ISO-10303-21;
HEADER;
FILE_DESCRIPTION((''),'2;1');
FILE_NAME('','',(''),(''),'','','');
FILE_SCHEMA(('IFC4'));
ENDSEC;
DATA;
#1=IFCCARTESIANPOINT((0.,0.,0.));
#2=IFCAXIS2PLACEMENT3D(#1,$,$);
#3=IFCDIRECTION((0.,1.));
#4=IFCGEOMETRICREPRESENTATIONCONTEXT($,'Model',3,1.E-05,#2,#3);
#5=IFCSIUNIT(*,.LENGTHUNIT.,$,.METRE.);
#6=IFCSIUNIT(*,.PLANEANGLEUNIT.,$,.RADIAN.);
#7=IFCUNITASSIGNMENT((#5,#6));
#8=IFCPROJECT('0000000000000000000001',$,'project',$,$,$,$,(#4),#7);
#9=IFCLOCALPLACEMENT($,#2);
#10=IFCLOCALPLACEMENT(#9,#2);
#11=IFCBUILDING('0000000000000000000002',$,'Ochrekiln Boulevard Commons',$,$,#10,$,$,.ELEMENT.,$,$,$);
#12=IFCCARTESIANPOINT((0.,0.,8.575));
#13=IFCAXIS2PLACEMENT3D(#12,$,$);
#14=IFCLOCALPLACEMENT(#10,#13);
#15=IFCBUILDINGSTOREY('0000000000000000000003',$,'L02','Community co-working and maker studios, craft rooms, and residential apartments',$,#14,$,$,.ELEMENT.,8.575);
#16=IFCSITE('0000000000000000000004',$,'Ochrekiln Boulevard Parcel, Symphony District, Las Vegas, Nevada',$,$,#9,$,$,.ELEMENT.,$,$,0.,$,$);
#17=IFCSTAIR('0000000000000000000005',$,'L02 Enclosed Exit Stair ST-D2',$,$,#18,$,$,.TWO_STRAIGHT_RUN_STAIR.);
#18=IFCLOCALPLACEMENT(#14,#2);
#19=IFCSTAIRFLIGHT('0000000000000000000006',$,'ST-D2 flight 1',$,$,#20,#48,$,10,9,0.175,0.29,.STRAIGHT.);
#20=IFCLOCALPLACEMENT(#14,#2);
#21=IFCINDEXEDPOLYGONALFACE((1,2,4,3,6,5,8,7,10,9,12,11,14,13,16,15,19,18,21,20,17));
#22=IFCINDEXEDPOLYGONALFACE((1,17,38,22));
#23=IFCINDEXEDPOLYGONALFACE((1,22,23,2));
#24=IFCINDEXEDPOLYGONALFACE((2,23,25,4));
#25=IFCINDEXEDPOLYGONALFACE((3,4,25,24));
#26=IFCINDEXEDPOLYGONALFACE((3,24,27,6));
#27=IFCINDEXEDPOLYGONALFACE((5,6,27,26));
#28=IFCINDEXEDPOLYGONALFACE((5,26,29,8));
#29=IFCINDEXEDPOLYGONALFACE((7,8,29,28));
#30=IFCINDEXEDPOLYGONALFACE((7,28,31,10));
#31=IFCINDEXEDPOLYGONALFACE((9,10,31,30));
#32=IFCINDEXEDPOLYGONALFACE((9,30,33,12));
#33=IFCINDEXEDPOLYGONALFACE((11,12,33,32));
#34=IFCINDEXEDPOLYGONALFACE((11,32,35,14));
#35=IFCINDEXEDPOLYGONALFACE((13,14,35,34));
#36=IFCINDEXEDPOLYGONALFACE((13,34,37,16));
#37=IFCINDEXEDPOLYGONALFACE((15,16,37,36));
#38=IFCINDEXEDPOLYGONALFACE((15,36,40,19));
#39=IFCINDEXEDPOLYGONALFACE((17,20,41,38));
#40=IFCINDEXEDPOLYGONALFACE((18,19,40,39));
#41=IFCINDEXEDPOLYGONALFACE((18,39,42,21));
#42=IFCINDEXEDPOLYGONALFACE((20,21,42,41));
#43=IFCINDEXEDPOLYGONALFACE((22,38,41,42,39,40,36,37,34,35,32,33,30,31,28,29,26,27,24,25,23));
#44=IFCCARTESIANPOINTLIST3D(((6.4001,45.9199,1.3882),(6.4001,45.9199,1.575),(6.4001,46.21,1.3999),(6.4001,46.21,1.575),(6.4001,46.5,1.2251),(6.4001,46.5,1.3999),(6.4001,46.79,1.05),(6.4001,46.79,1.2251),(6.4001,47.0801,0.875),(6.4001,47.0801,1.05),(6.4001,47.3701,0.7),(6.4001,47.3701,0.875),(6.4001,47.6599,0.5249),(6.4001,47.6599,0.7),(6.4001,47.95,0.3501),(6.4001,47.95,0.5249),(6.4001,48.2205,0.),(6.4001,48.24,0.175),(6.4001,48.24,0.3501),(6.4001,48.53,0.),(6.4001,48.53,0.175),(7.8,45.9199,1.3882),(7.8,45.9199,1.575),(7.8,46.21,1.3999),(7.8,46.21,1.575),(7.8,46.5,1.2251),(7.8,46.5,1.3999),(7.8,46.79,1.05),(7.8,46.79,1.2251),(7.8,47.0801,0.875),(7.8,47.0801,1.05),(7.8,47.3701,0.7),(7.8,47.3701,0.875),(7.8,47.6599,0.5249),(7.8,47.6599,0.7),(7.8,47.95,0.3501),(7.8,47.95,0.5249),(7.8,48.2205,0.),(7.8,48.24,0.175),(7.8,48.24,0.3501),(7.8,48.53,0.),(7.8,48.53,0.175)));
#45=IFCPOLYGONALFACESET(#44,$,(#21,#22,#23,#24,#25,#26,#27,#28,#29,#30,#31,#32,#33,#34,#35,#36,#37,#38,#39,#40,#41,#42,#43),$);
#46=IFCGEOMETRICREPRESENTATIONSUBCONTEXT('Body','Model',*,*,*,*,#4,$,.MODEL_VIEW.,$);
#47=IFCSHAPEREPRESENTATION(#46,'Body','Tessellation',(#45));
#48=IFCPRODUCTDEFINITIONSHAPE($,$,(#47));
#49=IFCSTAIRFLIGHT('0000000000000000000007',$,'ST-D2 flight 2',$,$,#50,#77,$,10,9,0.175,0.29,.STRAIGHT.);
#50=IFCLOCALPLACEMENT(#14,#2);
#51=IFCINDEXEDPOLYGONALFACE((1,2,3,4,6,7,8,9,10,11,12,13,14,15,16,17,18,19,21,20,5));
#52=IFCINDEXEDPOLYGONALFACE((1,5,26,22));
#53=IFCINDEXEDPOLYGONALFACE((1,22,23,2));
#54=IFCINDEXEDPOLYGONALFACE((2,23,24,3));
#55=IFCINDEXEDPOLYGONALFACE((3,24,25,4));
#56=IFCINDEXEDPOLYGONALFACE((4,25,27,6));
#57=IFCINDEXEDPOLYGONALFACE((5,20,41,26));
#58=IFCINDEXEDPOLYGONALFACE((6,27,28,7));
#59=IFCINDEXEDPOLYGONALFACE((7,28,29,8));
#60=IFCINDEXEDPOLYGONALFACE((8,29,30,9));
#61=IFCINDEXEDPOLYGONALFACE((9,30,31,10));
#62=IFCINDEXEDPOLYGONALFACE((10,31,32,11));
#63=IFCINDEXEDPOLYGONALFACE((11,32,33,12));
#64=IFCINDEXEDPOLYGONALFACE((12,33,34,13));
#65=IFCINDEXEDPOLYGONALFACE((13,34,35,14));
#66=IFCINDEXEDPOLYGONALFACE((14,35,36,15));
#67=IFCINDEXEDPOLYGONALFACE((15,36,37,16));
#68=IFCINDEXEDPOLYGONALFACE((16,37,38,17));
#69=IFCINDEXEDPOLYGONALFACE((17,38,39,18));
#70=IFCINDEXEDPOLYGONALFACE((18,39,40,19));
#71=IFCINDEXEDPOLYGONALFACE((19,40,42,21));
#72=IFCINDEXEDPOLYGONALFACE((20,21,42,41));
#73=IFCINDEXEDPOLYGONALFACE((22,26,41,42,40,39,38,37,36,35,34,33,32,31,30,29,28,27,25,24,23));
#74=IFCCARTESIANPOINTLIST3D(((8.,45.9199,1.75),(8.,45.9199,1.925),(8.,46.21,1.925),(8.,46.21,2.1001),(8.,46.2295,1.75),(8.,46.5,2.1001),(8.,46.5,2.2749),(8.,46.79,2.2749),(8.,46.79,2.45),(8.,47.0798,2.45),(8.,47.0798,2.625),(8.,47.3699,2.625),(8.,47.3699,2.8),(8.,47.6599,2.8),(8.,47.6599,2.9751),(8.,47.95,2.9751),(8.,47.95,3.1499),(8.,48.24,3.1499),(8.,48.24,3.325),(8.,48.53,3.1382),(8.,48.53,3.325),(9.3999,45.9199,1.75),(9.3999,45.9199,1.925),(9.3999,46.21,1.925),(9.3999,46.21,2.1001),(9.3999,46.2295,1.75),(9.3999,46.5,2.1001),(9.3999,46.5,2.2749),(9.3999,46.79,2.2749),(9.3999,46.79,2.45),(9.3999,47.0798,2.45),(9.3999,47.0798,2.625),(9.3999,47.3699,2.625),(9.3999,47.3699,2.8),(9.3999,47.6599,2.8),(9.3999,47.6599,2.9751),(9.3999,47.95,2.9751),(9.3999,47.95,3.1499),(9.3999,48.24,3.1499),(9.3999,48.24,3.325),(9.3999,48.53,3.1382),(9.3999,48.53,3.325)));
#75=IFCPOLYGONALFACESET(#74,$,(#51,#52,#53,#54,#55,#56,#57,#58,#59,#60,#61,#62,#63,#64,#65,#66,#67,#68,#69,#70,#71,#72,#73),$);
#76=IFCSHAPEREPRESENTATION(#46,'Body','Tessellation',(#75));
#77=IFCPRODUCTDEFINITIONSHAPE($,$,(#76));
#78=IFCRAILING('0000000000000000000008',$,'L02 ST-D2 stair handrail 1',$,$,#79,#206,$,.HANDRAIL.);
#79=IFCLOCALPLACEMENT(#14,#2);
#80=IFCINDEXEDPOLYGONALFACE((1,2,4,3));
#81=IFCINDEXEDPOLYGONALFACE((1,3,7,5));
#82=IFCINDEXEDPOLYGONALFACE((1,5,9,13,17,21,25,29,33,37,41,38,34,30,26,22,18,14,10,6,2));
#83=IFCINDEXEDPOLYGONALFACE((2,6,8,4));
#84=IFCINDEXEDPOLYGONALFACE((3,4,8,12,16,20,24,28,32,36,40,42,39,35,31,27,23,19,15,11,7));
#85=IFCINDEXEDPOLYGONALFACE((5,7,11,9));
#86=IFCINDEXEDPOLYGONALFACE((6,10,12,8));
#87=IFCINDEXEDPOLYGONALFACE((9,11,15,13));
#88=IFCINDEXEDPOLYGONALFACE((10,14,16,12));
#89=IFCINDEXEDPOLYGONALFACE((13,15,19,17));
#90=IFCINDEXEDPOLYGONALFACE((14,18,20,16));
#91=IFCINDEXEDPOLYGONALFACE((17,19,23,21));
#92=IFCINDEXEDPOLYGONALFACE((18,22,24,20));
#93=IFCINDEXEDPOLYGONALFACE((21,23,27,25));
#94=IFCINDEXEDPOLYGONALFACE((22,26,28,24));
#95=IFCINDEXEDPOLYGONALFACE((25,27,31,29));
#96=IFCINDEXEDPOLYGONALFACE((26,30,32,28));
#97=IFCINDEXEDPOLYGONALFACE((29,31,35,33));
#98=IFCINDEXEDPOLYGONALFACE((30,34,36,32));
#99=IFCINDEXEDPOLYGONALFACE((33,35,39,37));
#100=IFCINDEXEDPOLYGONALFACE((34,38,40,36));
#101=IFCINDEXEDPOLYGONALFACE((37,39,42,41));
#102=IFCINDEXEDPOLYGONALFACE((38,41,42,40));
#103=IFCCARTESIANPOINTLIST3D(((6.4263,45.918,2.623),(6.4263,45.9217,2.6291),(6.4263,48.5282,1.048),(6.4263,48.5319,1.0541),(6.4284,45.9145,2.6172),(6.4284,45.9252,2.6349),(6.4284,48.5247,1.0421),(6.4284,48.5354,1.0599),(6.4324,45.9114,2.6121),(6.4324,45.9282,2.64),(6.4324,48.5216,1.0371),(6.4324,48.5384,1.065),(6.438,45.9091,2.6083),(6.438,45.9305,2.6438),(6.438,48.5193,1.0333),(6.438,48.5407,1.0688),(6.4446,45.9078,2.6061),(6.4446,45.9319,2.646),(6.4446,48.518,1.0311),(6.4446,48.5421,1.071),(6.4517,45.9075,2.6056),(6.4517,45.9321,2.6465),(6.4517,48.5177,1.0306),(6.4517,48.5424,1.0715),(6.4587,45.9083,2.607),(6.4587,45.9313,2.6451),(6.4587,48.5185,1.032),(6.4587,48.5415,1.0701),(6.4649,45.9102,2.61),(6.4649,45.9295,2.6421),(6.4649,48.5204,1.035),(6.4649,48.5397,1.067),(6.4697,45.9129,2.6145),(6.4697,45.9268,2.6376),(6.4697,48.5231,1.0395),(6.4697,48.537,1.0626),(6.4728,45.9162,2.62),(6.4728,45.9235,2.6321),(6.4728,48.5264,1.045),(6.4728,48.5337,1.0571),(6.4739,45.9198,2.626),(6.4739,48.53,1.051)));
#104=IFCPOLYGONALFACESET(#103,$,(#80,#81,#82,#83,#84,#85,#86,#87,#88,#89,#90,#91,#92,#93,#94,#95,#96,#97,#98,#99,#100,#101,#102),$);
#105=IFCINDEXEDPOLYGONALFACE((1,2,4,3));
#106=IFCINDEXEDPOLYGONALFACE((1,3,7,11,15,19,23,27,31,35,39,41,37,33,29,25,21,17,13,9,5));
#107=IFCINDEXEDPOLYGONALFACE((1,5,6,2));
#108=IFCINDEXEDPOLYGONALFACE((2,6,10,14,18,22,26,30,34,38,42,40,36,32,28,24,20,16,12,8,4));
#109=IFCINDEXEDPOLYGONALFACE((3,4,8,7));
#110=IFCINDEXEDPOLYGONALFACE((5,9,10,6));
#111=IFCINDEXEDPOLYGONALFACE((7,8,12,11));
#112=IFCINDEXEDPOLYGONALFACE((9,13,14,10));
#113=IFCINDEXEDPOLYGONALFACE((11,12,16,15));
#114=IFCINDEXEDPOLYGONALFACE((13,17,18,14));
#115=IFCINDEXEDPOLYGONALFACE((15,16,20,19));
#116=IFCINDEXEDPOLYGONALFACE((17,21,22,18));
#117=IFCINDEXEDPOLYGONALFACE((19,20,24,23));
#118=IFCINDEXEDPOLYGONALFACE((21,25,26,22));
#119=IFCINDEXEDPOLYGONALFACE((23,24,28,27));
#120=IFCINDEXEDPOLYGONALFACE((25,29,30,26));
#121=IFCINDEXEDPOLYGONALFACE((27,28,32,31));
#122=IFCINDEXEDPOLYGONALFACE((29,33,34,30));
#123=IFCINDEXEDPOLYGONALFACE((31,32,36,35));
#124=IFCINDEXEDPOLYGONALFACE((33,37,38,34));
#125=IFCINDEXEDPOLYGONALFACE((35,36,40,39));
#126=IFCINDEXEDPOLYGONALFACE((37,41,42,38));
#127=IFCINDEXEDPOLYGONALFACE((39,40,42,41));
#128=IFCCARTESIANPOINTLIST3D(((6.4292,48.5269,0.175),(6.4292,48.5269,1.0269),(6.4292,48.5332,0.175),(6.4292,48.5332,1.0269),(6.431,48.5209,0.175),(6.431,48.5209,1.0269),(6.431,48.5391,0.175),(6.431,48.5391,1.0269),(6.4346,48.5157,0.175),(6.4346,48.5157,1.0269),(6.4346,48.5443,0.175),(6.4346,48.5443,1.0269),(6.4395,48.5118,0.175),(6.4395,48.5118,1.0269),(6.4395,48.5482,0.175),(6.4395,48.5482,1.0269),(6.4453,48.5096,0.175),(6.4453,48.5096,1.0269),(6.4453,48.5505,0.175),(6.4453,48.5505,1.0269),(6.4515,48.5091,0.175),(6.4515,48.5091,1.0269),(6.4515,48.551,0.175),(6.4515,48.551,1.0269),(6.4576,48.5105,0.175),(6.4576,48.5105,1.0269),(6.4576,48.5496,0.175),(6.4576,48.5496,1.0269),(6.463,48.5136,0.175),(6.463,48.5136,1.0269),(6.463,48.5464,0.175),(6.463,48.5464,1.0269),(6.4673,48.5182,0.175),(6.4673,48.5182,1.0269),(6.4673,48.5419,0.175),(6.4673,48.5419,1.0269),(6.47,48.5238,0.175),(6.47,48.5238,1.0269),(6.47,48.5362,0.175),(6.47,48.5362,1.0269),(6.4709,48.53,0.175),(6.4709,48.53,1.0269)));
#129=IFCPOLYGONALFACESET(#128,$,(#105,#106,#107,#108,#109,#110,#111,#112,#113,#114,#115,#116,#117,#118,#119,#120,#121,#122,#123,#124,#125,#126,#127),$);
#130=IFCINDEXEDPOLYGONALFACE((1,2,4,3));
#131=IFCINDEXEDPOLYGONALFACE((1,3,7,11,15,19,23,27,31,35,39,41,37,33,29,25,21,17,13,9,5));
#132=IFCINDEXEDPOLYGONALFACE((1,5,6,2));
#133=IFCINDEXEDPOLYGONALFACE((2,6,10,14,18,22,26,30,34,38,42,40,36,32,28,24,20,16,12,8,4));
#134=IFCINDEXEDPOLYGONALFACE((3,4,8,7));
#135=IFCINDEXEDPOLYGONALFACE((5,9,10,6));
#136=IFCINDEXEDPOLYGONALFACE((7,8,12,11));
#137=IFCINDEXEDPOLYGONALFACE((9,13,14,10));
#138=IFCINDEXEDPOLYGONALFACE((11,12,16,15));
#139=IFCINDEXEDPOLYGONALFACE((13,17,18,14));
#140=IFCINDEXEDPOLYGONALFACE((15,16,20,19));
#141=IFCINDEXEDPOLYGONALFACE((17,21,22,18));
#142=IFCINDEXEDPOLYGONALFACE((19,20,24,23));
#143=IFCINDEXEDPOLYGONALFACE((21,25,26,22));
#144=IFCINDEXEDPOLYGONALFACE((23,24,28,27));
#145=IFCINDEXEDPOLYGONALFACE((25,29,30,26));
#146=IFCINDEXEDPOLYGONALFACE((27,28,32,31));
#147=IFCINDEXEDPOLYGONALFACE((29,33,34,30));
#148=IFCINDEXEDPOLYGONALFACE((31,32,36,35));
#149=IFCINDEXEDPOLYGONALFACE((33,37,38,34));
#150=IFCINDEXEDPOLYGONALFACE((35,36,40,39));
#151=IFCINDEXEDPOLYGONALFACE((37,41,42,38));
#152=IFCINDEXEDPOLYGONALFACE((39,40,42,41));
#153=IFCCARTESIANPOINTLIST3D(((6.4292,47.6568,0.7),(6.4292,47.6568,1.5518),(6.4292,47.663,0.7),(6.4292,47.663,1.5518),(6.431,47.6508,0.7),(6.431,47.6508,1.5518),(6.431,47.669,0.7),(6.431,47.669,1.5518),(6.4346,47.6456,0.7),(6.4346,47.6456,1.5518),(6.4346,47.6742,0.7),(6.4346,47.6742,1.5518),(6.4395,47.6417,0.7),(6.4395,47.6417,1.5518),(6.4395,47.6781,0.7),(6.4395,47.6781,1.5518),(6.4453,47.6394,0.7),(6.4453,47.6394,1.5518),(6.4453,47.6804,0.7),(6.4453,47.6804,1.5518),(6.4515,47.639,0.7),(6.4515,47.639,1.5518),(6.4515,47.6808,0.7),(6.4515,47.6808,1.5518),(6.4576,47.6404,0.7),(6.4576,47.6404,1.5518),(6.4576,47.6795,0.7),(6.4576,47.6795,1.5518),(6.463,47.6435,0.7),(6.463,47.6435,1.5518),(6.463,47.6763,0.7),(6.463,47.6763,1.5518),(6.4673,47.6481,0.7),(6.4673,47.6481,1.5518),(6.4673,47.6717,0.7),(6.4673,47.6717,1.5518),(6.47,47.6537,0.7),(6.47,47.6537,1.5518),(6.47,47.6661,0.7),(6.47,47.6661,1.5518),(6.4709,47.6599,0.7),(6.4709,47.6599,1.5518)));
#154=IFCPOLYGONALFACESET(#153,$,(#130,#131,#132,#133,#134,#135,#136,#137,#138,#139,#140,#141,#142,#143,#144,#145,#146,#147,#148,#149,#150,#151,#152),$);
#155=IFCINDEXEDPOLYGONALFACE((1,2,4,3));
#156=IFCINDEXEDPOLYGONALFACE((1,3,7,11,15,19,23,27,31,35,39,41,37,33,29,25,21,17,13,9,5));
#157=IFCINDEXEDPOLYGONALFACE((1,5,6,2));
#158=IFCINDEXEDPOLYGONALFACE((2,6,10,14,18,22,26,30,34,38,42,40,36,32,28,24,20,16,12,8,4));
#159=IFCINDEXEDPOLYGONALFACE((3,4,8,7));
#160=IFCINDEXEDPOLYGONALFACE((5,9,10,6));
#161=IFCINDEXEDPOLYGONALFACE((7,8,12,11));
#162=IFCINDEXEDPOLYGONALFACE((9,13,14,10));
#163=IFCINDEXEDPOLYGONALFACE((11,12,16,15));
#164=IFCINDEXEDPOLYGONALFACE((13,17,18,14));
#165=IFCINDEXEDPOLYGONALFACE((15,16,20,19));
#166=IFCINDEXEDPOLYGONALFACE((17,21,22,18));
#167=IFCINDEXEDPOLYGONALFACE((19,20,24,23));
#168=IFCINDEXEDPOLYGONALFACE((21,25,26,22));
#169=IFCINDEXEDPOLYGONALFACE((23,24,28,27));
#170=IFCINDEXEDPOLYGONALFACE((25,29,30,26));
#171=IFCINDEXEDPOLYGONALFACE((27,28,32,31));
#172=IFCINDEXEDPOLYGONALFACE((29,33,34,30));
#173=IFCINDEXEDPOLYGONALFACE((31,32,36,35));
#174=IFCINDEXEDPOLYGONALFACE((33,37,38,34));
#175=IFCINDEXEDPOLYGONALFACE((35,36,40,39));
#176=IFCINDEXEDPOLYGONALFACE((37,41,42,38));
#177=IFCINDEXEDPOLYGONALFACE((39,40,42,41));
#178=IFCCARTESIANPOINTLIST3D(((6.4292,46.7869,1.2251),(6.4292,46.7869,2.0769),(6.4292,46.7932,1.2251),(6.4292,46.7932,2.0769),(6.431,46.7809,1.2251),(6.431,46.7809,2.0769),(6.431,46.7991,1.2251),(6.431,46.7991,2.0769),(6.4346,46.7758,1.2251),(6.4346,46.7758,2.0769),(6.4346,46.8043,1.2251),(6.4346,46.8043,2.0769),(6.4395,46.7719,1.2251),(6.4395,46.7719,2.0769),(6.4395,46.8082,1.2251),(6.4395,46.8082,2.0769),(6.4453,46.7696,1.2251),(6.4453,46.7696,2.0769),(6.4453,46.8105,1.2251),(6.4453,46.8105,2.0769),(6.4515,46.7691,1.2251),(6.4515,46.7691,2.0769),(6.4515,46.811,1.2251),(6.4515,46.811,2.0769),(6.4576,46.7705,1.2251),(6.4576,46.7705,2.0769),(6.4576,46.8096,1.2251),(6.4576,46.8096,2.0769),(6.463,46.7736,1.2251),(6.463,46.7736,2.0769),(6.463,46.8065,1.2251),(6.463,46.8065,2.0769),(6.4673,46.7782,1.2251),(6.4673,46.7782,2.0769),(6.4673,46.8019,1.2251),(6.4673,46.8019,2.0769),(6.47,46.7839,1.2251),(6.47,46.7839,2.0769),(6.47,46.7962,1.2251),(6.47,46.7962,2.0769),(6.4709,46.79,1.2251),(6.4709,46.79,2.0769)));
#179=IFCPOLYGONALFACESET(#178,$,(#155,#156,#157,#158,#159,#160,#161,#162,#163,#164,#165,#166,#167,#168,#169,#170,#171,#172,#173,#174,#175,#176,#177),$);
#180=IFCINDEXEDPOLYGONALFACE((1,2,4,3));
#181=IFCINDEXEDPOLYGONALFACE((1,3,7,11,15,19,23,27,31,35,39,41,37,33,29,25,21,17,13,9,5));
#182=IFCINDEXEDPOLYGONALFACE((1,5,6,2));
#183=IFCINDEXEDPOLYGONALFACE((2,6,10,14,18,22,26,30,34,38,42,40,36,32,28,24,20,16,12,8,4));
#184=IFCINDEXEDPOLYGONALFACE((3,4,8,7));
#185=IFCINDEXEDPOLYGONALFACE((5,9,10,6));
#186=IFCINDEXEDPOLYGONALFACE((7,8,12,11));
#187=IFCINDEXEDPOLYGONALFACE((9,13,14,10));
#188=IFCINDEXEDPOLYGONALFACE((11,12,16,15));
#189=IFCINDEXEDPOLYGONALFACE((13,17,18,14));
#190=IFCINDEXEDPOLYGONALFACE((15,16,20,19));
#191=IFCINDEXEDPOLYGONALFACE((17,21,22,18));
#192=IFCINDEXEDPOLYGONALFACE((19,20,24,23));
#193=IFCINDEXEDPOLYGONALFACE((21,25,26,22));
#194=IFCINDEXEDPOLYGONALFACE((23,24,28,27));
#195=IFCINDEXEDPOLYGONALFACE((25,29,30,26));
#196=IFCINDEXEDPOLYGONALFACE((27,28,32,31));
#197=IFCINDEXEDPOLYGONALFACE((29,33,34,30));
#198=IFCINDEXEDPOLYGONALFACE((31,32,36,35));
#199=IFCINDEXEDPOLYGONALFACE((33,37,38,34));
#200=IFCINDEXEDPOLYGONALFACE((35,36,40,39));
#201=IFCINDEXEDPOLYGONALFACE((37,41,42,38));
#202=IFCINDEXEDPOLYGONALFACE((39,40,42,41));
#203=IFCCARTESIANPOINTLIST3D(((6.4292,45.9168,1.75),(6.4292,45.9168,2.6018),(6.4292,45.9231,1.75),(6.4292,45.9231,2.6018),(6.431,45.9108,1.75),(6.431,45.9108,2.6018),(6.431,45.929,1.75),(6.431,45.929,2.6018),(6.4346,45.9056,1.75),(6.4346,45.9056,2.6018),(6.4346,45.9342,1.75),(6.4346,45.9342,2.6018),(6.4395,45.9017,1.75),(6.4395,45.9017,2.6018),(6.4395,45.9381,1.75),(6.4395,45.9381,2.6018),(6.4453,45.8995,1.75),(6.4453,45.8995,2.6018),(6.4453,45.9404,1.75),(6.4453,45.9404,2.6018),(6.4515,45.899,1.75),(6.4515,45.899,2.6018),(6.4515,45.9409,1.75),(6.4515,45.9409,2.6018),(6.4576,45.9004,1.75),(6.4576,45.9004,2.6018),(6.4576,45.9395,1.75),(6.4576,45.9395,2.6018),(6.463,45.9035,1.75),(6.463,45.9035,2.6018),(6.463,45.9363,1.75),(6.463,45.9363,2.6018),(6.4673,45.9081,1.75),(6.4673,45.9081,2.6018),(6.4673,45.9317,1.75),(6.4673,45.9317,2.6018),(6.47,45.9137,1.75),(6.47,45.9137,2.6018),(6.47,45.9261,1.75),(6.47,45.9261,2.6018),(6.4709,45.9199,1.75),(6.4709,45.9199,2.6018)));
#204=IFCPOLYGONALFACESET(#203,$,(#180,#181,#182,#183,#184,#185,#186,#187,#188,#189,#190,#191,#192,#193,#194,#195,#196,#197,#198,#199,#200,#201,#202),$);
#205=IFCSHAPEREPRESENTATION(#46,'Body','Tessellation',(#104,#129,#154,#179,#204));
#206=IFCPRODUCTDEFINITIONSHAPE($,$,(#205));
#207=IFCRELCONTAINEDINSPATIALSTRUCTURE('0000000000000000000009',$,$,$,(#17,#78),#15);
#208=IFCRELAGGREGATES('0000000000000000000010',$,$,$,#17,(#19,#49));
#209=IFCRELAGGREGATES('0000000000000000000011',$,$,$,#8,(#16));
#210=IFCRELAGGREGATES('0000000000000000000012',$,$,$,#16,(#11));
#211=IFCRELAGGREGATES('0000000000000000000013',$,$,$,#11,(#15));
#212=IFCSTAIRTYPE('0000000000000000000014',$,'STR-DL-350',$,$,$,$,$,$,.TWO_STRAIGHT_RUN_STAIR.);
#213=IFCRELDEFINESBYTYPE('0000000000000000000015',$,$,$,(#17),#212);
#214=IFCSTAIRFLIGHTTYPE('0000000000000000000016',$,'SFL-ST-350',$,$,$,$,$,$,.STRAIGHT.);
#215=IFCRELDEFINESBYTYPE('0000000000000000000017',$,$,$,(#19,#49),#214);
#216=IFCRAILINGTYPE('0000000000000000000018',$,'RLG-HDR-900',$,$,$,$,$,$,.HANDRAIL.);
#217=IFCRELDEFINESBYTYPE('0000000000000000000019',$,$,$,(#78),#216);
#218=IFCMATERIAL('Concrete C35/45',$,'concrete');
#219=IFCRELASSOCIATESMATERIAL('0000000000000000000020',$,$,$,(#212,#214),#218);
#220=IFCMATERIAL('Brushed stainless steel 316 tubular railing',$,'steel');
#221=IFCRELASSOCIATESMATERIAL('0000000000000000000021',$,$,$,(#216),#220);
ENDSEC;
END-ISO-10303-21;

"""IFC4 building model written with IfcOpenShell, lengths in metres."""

from ifc_helpers import new_model, si_unit, direction, frame, origin, origin_2d, place, context, subcontext, project, spatial, polyline, circle, outline, extrude, material, type_object, element, aggregate, save


model = new_model("IFC4")

# Units and contexts
model_context = context("Model", 3, precision=1e-05, world=origin(), true_north=direction((0.0, 1.0)))
body_context = subcontext(model_context, "Body", "Model", "MODEL_VIEW")
ifc_project = project(units=[si_unit("LENGTHUNIT", "METRE"), si_unit("PLANEANGLEUNIT", "RADIAN")], contexts=[model_context])

# Site, building, storey
site_placement = place(None, origin())
site = spatial("IfcSite", under=ifc_project, at=site_placement, Name="Ochrekiln Boulevard Parcel, Symphony District, Las Vegas, Nevada", CompositionType="ELEMENT", RefElevation=0.0)
building_placement = place(site_placement, origin())
building = spatial("IfcBuilding", under=site, at=building_placement, Name="Ochrekiln Boulevard Commons", CompositionType="ELEMENT")
storey_placement = place(building_placement, frame((0.0, 0.0, 8.575)))
storey = spatial("IfcBuildingStorey", under=building, at=storey_placement, Name="L02", Description="Community co-working and maker studios, craft rooms, and residential apartments", CompositionType="ELEMENT", Elevation=8.575)

# Stair, stair flights
ifc_material_1 = material(Name="Concrete C35/45", Category="concrete")
stair_type = type_object("IfcStairType", Name="STR-DL-350", PredefinedType="TWO_STRAIGHT_RUN_STAIR", material=ifc_material_1)
stair_placement = place(storey_placement, origin())
stair = element("IfcStair", 1, at=stair_placement, inside=storey, type_object=stair_type, Name="L02 Enclosed Exit Stair ST-D2", PredefinedType="TWO_STRAIGHT_RUN_STAIR")
stair_flight_type = type_object("IfcStairFlightType", Name="SFL-ST-350", PredefinedType="STRAIGHT", material=ifc_material_1)
stair_flight_1_placement = place(storey_placement, frame((7.1001, 48.53, 0.0), z_axis=(0.0, 0.0, 1.0), x_axis=(0.0, -1.0, 0.0)))
stair_flight_1 = element("IfcStairFlight", 2, at=stair_flight_1_placement, type_object=stair_flight_type, Name="ST-D2 flight 1", NumberOfRisers=10, NumberOfTreads=9, PredefinedType="STRAIGHT", RiserHeight=0.175, TreadLength=0.29, context=body_context, shape_type="SweptSolid", body=[
    extrude(outline(polyline([(0.0, 0.0), (0.0, 0.175), (0.29, 0.175), (0.29, 0.3501), (0.5801, 0.3501), (0.5801, 0.5249), (0.8701, 0.5249), (0.8701, 0.7), (1.1599, 0.7), (1.1599, 0.875), (1.45, 0.875), (1.45, 1.05), (1.74, 1.05), (1.74, 1.2251), (2.03, 1.2251), (2.03, 1.3999), (2.3201, 1.3999), (2.3201, 1.575), (2.6101, 1.575), (2.6101, 1.75), (2.6101, 1.3882), (0.3096, 0.0), (0.0, 0.0)])), frame((0.0, 0.7, 0.0), z_axis=(0.0, -1.0, 0.0), x_axis=(1.0, 0.0, 0.0)), (0.0, 0.0, 1.0), 1.3999),
])
stair_flight_2_placement = place(storey_placement, frame((8.7, 45.9199, 1.75), z_axis=(0.0, 0.0, 1.0), x_axis=(0.0, 1.0, 0.0)))
stair_flight_2 = element("IfcStairFlight", 3, at=stair_flight_2_placement, type_object=stair_flight_type, Name="ST-D2 flight 2", NumberOfRisers=10, NumberOfTreads=9, PredefinedType="STRAIGHT", RiserHeight=0.175, TreadLength=0.29, context=body_context, shape_type="SweptSolid", body=[
    extrude(outline(polyline([(0.0, 0.0), (0.0, 0.175), (0.29, 0.175), (0.29, 0.3501), (0.5801, 0.3501), (0.5801, 0.5249), (0.8701, 0.5249), (0.8701, 0.7), (1.1599, 0.7), (1.1599, 0.875), (1.45, 0.875), (1.45, 1.05), (1.74, 1.05), (1.74, 1.2251), (2.03, 1.2251), (2.03, 1.3999), (2.3201, 1.3999), (2.3201, 1.575), (2.6101, 1.575), (2.6101, 1.75), (2.6101, 1.3882), (0.3096, 0.0), (0.0, 0.0)])), frame((0.0, 0.7, 0.0), z_axis=(0.0, -1.0, 0.0), x_axis=(1.0, 0.0, 0.0)), (0.0, 0.0, 1.0), 1.3999),
])
aggregate(stair, [stair_flight_1, stair_flight_2])

# Railing
ifc_material_2 = material(Name="Brushed stainless steel 316 tubular railing", Category="steel")
railing_type_1 = type_object("IfcRailingType", Name="RLG-HDR-900", PredefinedType="HANDRAIL", material=ifc_material_2)
railing_1_placement = place(storey_placement, frame((6.45, 48.53, 0.175)))
element("IfcRailing", 4, at=railing_1_placement, inside=storey, type_object=railing_type_1, Name="L02 ST-D2 stair handrail 1", PredefinedType="HANDRAIL", context=body_context, shape_type="SweptSolid", body=[
    extrude(circle(Radius=0.0239, at=origin_2d()), frame((0.0, 0.0, 0.876), z_axis=(0.0, -0.856204, 0.516638), x_axis=(1.0, 0.0, 0.0)), (0.0, 0.0, 1.0), 3.0486),
    extrude(circle(Radius=0.021, at=origin_2d()), origin(), (0.0, 0.0, 1.0), 0.8518),
    extrude(circle(Radius=0.021, at=origin_2d()), frame((0.0, -0.8701, 0.5249)), (0.0, 0.0, 1.0), 0.8518),
    extrude(circle(Radius=0.021, at=origin_2d()), frame((0.0, -1.74, 1.05)), (0.0, 0.0, 1.0), 0.8518),
    extrude(circle(Radius=0.021, at=origin_2d()), frame((0.0, -2.6101, 1.575)), (0.0, 0.0, 1.0), 0.8518),
])

save(model, "model.ifc")
